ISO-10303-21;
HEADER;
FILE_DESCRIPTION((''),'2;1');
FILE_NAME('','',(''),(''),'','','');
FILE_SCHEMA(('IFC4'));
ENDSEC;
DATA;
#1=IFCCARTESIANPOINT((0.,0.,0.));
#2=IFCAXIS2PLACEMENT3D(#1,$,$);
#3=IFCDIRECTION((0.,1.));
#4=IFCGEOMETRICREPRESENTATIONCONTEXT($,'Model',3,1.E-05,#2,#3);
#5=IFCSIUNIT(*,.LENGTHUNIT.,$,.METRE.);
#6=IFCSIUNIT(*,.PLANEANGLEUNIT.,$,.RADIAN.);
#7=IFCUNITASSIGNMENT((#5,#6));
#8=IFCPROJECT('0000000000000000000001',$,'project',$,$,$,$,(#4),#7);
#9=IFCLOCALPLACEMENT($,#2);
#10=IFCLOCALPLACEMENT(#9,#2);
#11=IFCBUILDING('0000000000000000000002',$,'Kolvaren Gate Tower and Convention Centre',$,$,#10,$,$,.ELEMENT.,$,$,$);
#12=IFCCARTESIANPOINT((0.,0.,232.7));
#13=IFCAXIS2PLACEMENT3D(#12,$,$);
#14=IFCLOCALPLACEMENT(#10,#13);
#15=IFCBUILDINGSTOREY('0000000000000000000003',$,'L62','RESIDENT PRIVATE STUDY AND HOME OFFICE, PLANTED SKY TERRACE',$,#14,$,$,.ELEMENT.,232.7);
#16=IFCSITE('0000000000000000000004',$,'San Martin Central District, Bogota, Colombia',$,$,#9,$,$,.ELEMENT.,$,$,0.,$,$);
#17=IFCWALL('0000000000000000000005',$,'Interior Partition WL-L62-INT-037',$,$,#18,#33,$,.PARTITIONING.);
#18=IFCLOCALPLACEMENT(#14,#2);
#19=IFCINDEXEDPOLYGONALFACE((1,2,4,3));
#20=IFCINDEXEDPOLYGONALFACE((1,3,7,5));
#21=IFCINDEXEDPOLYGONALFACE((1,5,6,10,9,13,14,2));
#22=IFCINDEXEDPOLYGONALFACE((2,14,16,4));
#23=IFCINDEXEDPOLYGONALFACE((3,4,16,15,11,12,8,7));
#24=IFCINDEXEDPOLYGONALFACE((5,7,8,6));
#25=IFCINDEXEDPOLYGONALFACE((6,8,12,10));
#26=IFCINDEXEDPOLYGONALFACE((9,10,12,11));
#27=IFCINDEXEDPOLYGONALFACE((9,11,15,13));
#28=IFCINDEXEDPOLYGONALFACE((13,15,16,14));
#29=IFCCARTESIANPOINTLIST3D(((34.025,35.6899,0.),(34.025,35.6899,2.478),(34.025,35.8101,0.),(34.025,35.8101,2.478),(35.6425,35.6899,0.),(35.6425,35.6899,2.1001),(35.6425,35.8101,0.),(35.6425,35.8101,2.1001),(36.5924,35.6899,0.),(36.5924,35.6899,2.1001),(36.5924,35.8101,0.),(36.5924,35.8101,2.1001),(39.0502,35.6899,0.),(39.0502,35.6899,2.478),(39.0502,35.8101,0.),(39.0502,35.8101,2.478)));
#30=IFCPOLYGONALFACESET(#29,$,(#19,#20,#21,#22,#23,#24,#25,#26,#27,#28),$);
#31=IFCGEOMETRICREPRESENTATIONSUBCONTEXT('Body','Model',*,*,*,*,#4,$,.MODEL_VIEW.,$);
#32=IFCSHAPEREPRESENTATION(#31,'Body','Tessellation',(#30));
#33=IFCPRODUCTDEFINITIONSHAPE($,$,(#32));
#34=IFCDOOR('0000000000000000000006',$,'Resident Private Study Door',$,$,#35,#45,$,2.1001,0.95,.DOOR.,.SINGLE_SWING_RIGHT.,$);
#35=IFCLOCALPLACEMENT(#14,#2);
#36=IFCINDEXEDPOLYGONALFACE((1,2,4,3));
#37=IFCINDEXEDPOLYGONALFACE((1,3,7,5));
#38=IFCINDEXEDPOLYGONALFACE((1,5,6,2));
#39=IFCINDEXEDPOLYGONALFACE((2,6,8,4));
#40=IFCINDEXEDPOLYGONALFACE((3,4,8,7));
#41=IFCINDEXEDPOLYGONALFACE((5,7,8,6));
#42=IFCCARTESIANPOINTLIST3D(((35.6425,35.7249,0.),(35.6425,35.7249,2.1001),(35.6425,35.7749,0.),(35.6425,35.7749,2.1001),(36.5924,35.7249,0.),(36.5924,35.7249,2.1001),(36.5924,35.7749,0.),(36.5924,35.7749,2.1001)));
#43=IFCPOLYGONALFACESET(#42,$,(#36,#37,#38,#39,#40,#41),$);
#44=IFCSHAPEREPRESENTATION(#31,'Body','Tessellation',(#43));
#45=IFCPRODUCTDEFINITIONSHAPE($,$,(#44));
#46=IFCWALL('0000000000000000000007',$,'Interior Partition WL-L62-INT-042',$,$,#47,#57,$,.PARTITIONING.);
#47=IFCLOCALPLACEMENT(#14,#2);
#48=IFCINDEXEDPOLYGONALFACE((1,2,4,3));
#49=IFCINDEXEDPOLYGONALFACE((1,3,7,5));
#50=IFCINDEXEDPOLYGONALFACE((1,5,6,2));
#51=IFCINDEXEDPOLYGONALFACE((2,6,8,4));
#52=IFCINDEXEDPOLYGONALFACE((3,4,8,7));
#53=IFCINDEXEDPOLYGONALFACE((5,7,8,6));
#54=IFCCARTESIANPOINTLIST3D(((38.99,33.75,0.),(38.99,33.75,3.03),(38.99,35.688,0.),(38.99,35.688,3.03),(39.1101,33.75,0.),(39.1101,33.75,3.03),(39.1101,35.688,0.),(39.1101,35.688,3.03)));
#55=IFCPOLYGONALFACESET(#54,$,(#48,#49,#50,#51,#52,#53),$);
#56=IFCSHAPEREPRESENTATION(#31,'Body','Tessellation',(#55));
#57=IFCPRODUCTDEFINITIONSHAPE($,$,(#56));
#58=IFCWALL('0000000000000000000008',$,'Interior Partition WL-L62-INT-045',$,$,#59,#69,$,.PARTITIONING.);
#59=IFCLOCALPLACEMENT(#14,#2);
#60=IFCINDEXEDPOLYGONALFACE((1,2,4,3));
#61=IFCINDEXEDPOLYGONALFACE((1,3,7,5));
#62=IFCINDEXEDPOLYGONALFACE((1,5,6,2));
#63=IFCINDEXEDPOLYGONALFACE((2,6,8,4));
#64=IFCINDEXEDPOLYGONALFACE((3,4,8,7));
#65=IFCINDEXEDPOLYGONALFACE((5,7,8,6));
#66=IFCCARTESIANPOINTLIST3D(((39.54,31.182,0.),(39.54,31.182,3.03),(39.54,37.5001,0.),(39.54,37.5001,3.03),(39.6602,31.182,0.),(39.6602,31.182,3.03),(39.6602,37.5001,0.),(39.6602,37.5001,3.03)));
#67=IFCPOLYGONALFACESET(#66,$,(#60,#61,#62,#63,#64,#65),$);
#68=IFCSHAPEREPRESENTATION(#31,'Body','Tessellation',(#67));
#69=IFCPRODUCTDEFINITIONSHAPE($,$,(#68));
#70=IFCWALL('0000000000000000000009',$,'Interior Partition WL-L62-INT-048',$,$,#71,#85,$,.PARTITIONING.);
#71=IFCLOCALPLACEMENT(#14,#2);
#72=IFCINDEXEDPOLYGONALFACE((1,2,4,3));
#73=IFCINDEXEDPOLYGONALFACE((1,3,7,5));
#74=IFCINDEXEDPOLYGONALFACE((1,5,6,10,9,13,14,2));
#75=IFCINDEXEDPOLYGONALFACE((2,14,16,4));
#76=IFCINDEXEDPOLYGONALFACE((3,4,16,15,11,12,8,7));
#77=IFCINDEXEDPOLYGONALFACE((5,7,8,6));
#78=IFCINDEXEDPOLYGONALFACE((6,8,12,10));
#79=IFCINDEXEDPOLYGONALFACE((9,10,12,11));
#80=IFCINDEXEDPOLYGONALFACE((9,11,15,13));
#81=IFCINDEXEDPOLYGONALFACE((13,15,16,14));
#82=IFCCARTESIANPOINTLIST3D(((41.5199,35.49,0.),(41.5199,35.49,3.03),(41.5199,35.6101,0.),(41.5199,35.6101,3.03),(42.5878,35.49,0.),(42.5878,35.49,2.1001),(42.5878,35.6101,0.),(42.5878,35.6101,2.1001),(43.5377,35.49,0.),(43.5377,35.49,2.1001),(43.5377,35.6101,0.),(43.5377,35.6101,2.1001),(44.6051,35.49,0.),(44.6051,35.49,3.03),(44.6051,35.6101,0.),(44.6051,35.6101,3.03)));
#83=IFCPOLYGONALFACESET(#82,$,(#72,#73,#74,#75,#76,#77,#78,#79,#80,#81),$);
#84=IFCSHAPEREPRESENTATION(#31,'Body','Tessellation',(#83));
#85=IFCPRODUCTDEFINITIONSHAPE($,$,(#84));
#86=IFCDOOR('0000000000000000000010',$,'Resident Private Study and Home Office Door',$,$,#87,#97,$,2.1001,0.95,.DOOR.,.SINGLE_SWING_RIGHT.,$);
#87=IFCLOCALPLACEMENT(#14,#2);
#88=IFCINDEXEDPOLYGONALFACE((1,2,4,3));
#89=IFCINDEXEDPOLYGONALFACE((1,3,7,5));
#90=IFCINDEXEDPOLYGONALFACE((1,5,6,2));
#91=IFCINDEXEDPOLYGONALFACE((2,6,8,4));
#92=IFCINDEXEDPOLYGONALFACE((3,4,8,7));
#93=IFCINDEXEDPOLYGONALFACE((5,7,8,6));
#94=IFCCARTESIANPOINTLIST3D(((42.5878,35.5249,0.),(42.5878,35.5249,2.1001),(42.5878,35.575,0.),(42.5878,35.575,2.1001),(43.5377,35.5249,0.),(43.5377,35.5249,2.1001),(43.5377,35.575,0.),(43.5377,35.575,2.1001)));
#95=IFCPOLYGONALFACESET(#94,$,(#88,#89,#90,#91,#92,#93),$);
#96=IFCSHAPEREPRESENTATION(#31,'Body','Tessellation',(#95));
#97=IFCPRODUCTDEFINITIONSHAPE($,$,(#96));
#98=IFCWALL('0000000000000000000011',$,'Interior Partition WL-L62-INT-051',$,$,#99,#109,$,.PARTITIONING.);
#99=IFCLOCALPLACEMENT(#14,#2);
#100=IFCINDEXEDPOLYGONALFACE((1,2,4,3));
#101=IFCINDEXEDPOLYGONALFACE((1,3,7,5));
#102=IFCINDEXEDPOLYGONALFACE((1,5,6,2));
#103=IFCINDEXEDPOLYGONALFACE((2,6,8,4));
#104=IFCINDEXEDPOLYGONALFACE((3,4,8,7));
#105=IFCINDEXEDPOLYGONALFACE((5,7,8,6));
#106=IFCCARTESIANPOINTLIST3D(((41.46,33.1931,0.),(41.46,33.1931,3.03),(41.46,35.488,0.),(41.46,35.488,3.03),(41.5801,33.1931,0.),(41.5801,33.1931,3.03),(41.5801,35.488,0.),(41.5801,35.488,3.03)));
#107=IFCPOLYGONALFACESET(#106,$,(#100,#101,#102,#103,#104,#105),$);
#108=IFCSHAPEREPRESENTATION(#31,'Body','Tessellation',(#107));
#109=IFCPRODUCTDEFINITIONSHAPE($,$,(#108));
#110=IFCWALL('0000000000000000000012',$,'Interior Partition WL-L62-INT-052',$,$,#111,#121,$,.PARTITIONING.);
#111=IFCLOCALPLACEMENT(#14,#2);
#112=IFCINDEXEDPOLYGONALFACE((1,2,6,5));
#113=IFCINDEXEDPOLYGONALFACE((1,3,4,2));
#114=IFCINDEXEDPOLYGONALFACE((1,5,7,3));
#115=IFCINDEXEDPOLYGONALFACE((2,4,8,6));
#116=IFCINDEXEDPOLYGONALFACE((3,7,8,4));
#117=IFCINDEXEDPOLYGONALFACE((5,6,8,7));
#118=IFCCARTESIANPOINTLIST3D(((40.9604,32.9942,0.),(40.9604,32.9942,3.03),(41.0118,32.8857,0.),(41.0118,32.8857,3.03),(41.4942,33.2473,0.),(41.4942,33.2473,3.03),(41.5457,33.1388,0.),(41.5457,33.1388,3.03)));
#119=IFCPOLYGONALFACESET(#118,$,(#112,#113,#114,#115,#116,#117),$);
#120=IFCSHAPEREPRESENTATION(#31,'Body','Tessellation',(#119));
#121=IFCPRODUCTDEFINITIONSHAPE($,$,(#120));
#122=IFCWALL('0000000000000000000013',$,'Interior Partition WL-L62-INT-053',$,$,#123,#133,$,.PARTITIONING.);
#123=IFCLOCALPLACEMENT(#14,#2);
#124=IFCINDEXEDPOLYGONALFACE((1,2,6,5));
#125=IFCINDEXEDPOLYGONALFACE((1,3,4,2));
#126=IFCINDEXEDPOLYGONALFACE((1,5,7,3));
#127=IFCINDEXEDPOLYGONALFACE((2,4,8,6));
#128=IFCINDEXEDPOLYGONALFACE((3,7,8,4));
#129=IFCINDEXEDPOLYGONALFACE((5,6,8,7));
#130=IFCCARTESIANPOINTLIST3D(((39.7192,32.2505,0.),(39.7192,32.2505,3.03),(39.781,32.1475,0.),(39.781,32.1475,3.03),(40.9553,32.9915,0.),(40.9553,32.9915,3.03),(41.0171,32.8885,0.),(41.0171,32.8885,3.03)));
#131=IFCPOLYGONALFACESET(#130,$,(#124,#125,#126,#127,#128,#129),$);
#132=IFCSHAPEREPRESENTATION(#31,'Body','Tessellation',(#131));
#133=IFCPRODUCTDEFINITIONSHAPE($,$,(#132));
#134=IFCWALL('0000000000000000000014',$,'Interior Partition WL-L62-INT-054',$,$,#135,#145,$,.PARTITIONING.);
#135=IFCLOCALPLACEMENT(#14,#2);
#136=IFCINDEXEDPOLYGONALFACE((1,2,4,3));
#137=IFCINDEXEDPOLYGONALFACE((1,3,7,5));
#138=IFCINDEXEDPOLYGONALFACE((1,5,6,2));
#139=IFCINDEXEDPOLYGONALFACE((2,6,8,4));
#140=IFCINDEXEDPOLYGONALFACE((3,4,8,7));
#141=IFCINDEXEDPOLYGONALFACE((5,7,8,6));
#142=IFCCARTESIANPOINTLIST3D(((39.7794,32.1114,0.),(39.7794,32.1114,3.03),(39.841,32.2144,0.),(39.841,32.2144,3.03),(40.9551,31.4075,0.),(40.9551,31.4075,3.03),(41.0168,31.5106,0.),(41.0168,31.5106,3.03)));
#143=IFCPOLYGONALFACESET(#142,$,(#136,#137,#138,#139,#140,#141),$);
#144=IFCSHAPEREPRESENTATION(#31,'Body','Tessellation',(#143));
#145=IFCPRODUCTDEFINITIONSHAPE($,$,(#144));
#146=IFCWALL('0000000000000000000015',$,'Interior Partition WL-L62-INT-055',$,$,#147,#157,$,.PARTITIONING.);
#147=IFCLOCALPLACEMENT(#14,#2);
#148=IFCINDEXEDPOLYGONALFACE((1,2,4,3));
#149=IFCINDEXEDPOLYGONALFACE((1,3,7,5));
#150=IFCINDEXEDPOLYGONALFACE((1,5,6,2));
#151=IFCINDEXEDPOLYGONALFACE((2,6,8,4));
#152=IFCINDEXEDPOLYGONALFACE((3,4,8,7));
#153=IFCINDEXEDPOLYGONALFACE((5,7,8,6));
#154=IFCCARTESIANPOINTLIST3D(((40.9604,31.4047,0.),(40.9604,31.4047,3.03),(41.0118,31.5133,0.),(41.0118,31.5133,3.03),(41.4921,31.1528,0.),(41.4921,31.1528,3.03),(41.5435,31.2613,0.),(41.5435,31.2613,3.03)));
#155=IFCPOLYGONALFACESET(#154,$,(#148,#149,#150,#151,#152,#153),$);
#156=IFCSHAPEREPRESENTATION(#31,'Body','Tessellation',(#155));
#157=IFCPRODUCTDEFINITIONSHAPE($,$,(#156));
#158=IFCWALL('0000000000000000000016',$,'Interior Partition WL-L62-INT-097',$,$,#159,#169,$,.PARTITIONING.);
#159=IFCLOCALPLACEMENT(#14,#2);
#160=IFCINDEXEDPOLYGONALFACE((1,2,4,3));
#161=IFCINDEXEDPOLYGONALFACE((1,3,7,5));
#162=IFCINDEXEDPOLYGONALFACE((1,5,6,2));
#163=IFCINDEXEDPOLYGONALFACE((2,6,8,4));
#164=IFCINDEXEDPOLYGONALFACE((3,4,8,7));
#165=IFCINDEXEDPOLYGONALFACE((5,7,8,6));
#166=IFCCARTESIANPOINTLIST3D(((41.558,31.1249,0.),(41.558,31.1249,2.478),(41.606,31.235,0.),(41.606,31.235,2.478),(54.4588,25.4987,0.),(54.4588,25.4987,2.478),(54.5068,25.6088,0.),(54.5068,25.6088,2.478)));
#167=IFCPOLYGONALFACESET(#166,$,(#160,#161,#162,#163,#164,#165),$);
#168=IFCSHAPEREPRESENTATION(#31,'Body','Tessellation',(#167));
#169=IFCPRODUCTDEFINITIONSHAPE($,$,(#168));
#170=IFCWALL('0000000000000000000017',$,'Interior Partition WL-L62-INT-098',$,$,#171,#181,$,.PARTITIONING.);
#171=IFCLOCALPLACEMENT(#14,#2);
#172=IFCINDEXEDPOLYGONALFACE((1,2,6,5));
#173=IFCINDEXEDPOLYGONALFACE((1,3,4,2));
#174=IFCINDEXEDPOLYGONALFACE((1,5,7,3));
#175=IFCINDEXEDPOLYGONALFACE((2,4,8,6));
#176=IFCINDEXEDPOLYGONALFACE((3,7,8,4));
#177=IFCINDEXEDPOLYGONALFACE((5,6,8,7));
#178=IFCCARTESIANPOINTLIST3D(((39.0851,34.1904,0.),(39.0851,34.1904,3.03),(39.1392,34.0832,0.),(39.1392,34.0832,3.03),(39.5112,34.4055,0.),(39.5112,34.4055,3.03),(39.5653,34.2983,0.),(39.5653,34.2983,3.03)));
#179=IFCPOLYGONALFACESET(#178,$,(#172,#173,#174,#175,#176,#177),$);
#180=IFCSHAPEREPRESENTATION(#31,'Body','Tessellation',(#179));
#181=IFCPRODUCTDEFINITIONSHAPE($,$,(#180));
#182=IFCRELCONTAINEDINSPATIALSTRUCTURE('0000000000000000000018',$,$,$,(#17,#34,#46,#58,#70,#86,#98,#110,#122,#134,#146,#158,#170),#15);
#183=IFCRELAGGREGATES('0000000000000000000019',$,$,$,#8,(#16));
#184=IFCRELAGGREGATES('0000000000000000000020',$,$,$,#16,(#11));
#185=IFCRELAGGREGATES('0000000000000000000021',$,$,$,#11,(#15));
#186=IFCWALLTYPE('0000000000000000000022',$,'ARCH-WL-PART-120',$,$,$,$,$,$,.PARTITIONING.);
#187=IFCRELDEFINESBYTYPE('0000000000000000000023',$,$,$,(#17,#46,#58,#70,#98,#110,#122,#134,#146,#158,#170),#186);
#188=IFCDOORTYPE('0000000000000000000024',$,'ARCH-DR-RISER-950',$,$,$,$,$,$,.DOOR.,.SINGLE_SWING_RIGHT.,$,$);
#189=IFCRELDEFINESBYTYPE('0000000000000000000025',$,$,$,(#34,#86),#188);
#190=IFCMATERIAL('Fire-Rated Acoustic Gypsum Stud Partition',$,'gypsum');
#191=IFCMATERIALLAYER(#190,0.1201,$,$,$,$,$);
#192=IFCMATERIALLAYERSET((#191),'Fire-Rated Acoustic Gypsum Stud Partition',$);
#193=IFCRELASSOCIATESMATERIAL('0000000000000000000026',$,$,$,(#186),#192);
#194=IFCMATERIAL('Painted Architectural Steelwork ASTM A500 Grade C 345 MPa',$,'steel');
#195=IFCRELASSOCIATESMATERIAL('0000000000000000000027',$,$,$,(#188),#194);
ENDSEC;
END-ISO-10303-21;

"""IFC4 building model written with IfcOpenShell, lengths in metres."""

from ifc_helpers import new_model, si_unit, direction, frame, frame_2d, origin, place, context, subcontext, project, spatial, rectangle, extrude, material, layer, layer_set, type_object, element, fill, save


model = new_model("IFC4")

# Units and contexts
model_context = context("Model", 3, precision=1e-05, world=origin(), true_north=direction((0.0, 1.0)))
body_context = subcontext(model_context, "Body", "Model", "MODEL_VIEW")
ifc_project = project(units=[si_unit("LENGTHUNIT", "METRE"), si_unit("PLANEANGLEUNIT", "RADIAN")], contexts=[model_context])

# Site, building, storey
site_placement = place(None, origin())
site = spatial("IfcSite", under=ifc_project, at=site_placement, Name="San Martin Central District, Bogota, Colombia", CompositionType="ELEMENT", RefElevation=0.0)
building_placement = place(site_placement, origin())
building = spatial("IfcBuilding", under=site, at=building_placement, Name="Kolvaren Gate Tower and Convention Centre", CompositionType="ELEMENT")
storey_placement = place(building_placement, frame((0.0, 0.0, 232.7)))
storey = spatial("IfcBuildingStorey", under=building, at=storey_placement, Name="L62", Description="RESIDENT PRIVATE STUDY AND HOME OFFICE, PLANTED SKY TERRACE", CompositionType="ELEMENT", Elevation=232.7)

# Shared definitions
ifc_material_1 = material(Name="Fire-Rated Acoustic Gypsum Stud Partition", Category="gypsum")
ifc_layer_1 = layer(ifc_material_1, 0.1201)
ifc_layer_set_1 = layer_set([ifc_layer_1], Name="Fire-Rated Acoustic Gypsum Stud Partition")
wall_type_1 = type_object("IfcWallType", Name="ARCH-WL-PART-120", PredefinedType="PARTITIONING", material=ifc_layer_set_1)

# Wall, opening, door
wall_1_placement = place(storey_placement, frame((34.0249, 35.75, 0.0), z_axis=(0.0, 0.0, 1.0), x_axis=(1.0, 0.0, 0.0)))
wall_1 = element("IfcWall", 1, at=wall_1_placement, inside=storey, type_object=wall_type_1, Name="Interior Partition WL-L62-INT-037", PredefinedType="PARTITIONING", context=body_context, shape_type="SweptSolid", body=[
    extrude(rectangle(XDim=5.0251, YDim=0.1201, at=frame_2d((2.5127, 0.0))), origin(), (0.0, 0.0, 1.0), 2.478),
])
opening_1_placement = place(wall_1_placement, frame((1.6174, 0.0, 0.0)))
opening_1 = element("IfcOpeningElement", 2, at=opening_1_placement, cuts=wall_1, PredefinedType="OPENING", context=body_context, shape_type="SweptSolid", body=[
    extrude(rectangle(XDim=0.95, YDim=2.1001, at=frame_2d((0.4751, 1.05))), frame((0.0, 0.0701, 0.0), z_axis=(0.0, -1.0, 0.0), x_axis=(1.0, 0.0, 0.0)), (0.0, 0.0, 1.0), 0.1401),
])
ifc_material_2 = material(Name="Painted Architectural Steelwork ASTM A500 Grade C 345 MPa", Category="steel")
door_type = type_object("IfcDoorType", Name="ARCH-DR-RISER-950", OperationType="SINGLE_SWING_RIGHT", PredefinedType="DOOR", material=ifc_material_2)
door_1_placement = place(opening_1_placement, origin())
door_1 = element("IfcDoor", 3, at=door_1_placement, inside=storey, type_object=door_type, Name="Resident Private Study Door", OperationType="SINGLE_SWING_RIGHT", OverallHeight=2.1001, OverallWidth=0.95, PredefinedType="DOOR", context=body_context, shape_type="SweptSolid", body=[
    extrude(rectangle(XDim=0.95, YDim=2.1001, at=frame_2d((0.4751, 1.05))), frame((0.0, 0.0249, 0.0), z_axis=(0.0, -1.0, 0.0), x_axis=(1.0, 0.0, 0.0)), (0.0, 0.0, 1.0), 0.05),
])
fill(opening_1, door_1)

# Walls
wall_2_placement = place(storey_placement, frame((39.05, 33.75, 0.0), z_axis=(0.0, 0.0, 1.0), x_axis=(0.0, 1.0, 0.0)))
element("IfcWall", 4, at=wall_2_placement, inside=storey, type_object=wall_type_1, Name="Interior Partition WL-L62-INT-042", PredefinedType="PARTITIONING", context=body_context, shape_type="SweptSolid", body=[
    extrude(rectangle(XDim=1.938, YDim=0.1201, at=frame_2d((0.969, 0.0))), origin(), (0.0, 0.0, 1.0), 3.03),
])
wall_3_placement = place(storey_placement, frame((39.6001, 31.1819, 0.0), z_axis=(0.0, 0.0, 1.0), x_axis=(0.0, 1.0, 0.0)))
element("IfcWall", 5, at=wall_3_placement, inside=storey, type_object=wall_type_1, Name="Interior Partition WL-L62-INT-045", PredefinedType="PARTITIONING", context=body_context, shape_type="SweptSolid", body=[
    extrude(rectangle(XDim=6.3181, YDim=0.1201, at=frame_2d((3.1592, 0.0))), origin(), (0.0, 0.0, 1.0), 3.03),
])

# Wall, opening, door
wall_4_placement = place(storey_placement, frame((41.52, 35.55, 0.0), z_axis=(0.0, 0.0, 1.0), x_axis=(1.0, 0.0, 0.0)))
wall_4 = element("IfcWall", 6, at=wall_4_placement, inside=storey, type_object=wall_type_1, Name="Interior Partition WL-L62-INT-048", PredefinedType="PARTITIONING", context=body_context, shape_type="SweptSolid", body=[
    extrude(rectangle(XDim=3.0852, YDim=0.1201, at=frame_2d((1.5425, 0.0))), origin(), (0.0, 0.0, 1.0), 3.03),
])
opening_2_placement = place(wall_4_placement, frame((1.0676, 0.0, 0.0)))
opening_2 = element("IfcOpeningElement", 7, at=opening_2_placement, cuts=wall_4, PredefinedType="OPENING", context=body_context, shape_type="SweptSolid", body=[
    extrude(rectangle(XDim=0.95, YDim=2.1001, at=frame_2d((0.4751, 1.05))), frame((0.0, 0.0701, 0.0), z_axis=(0.0, -1.0, 0.0), x_axis=(1.0, 0.0, 0.0)), (0.0, 0.0, 1.0), 0.1401),
])
door_2_placement = place(opening_2_placement, origin())
door_2 = element("IfcDoor", 8, at=door_2_placement, inside=storey, type_object=door_type, Name="Resident Private Study and Home Office Door", OperationType="SINGLE_SWING_RIGHT", OverallHeight=2.1001, OverallWidth=0.95, PredefinedType="DOOR", context=body_context, shape_type="SweptSolid", body=[
    extrude(rectangle(XDim=0.95, YDim=2.1001, at=frame_2d((0.4751, 1.05))), frame((0.0, 0.0249, 0.0), z_axis=(0.0, -1.0, 0.0), x_axis=(1.0, 0.0, 0.0)), (0.0, 0.0, 1.0), 0.05),
])
fill(opening_2, door_2)

# Walls
wall_5_placement = place(storey_placement, frame((41.52, 33.1931, 0.0), z_axis=(0.0, 0.0, 1.0), x_axis=(0.0, 1.0, 0.0)))
element("IfcWall", 9, at=wall_5_placement, inside=storey, type_object=wall_type_1, Name="Interior Partition WL-L62-INT-051", PredefinedType="PARTITIONING", context=body_context, shape_type="SweptSolid", body=[
    extrude(rectangle(XDim=2.2949, YDim=0.1201, at=frame_2d((1.1475, 0.0))), origin(), (0.0, 0.0, 1.0), 3.03),
])
wall_6_placement = place(storey_placement, frame((40.9861, 32.9399, 0.0), z_axis=(0.0, 0.0, 1.0), x_axis=(0.90357, 0.428442, 0.0)))
element("IfcWall", 10, at=wall_6_placement, inside=storey, type_object=wall_type_1, Name="Interior Partition WL-L62-INT-052", PredefinedType="PARTITIONING", context=body_context, shape_type="SweptSolid", body=[
    extrude(rectangle(XDim=0.5908, YDim=0.1201, at=frame_2d((0.2954, 0.0))), origin(), (0.0, 0.0, 1.0), 3.03),
])
wall_7_placement = place(storey_placement, frame((39.75, 32.199, 0.0), z_axis=(0.0, 0.0, 1.0), x_axis=(0.857702, 0.514147, 0.0)))
element("IfcWall", 11, at=wall_7_placement, inside=storey, type_object=wall_type_1, Name="Interior Partition WL-L62-INT-053", PredefinedType="PARTITIONING", context=body_context, shape_type="SweptSolid", body=[
    extrude(rectangle(XDim=1.4412, YDim=0.1201, at=frame_2d((0.7207, 0.0))), origin(), (0.0, 0.0, 1.0), 3.03),
])
wall_8_placement = place(storey_placement, frame((39.8103, 32.1628, 0.0), z_axis=(0.0, 0.0, 1.0), x_axis=(0.858011, -0.513631, 0.0)))
element("IfcWall", 12, at=wall_8_placement, inside=storey, type_object=wall_type_1, Name="Interior Partition WL-L62-INT-054", PredefinedType="PARTITIONING", context=body_context, shape_type="SweptSolid", body=[
    extrude(rectangle(XDim=1.3704, YDim=0.1201, at=frame_2d((0.6851, 0.0))), origin(), (0.0, 0.0, 1.0), 3.03),
])
wall_9_placement = place(storey_placement, frame((40.9861, 31.459, 0.0), z_axis=(0.0, 0.0, 1.0), x_axis=(0.903687, -0.428193, 0.0)))
element("IfcWall", 13, at=wall_9_placement, inside=storey, type_object=wall_type_1, Name="Interior Partition WL-L62-INT-055", PredefinedType="PARTITIONING", context=body_context, shape_type="SweptSolid", body=[
    extrude(rectangle(XDim=0.5884, YDim=0.1201, at=frame_2d((0.2942, 0.0))), origin(), (0.0, 0.0, 1.0), 3.03),
])
wall_10_placement = place(storey_placement, frame((41.582, 31.1799, 0.0), z_axis=(0.0, 0.0, 1.0), x_axis=(0.916624, -0.39975, 0.0)))
element("IfcWall", 14, at=wall_10_placement, inside=storey, type_object=wall_type_1, Name="Interior Partition WL-L62-INT-097", PredefinedType="PARTITIONING", context=body_context, shape_type="SweptSolid", body=[
    extrude(rectangle(XDim=14.0742, YDim=0.1201, at=frame_2d((7.0371, 0.0))), origin(), (0.0, 0.0, 1.0), 2.478),
])
wall_11_placement = place(storey_placement, frame((39.1121, 34.1367, 0.0), z_axis=(0.0, 0.0, 1.0), x_axis=(0.892681, 0.450689, 0.0)))
element("IfcWall", 15, at=wall_11_placement, inside=storey, type_object=wall_type_1, Name="Interior Partition WL-L62-INT-098", PredefinedType="PARTITIONING", context=body_context, shape_type="SweptSolid", body=[
    extrude(rectangle(XDim=0.4773, YDim=0.1201, at=frame_2d((0.2388, 0.0))), origin(), (0.0, 0.0, 1.0), 3.03),
])

save(model, "model.ifc")
